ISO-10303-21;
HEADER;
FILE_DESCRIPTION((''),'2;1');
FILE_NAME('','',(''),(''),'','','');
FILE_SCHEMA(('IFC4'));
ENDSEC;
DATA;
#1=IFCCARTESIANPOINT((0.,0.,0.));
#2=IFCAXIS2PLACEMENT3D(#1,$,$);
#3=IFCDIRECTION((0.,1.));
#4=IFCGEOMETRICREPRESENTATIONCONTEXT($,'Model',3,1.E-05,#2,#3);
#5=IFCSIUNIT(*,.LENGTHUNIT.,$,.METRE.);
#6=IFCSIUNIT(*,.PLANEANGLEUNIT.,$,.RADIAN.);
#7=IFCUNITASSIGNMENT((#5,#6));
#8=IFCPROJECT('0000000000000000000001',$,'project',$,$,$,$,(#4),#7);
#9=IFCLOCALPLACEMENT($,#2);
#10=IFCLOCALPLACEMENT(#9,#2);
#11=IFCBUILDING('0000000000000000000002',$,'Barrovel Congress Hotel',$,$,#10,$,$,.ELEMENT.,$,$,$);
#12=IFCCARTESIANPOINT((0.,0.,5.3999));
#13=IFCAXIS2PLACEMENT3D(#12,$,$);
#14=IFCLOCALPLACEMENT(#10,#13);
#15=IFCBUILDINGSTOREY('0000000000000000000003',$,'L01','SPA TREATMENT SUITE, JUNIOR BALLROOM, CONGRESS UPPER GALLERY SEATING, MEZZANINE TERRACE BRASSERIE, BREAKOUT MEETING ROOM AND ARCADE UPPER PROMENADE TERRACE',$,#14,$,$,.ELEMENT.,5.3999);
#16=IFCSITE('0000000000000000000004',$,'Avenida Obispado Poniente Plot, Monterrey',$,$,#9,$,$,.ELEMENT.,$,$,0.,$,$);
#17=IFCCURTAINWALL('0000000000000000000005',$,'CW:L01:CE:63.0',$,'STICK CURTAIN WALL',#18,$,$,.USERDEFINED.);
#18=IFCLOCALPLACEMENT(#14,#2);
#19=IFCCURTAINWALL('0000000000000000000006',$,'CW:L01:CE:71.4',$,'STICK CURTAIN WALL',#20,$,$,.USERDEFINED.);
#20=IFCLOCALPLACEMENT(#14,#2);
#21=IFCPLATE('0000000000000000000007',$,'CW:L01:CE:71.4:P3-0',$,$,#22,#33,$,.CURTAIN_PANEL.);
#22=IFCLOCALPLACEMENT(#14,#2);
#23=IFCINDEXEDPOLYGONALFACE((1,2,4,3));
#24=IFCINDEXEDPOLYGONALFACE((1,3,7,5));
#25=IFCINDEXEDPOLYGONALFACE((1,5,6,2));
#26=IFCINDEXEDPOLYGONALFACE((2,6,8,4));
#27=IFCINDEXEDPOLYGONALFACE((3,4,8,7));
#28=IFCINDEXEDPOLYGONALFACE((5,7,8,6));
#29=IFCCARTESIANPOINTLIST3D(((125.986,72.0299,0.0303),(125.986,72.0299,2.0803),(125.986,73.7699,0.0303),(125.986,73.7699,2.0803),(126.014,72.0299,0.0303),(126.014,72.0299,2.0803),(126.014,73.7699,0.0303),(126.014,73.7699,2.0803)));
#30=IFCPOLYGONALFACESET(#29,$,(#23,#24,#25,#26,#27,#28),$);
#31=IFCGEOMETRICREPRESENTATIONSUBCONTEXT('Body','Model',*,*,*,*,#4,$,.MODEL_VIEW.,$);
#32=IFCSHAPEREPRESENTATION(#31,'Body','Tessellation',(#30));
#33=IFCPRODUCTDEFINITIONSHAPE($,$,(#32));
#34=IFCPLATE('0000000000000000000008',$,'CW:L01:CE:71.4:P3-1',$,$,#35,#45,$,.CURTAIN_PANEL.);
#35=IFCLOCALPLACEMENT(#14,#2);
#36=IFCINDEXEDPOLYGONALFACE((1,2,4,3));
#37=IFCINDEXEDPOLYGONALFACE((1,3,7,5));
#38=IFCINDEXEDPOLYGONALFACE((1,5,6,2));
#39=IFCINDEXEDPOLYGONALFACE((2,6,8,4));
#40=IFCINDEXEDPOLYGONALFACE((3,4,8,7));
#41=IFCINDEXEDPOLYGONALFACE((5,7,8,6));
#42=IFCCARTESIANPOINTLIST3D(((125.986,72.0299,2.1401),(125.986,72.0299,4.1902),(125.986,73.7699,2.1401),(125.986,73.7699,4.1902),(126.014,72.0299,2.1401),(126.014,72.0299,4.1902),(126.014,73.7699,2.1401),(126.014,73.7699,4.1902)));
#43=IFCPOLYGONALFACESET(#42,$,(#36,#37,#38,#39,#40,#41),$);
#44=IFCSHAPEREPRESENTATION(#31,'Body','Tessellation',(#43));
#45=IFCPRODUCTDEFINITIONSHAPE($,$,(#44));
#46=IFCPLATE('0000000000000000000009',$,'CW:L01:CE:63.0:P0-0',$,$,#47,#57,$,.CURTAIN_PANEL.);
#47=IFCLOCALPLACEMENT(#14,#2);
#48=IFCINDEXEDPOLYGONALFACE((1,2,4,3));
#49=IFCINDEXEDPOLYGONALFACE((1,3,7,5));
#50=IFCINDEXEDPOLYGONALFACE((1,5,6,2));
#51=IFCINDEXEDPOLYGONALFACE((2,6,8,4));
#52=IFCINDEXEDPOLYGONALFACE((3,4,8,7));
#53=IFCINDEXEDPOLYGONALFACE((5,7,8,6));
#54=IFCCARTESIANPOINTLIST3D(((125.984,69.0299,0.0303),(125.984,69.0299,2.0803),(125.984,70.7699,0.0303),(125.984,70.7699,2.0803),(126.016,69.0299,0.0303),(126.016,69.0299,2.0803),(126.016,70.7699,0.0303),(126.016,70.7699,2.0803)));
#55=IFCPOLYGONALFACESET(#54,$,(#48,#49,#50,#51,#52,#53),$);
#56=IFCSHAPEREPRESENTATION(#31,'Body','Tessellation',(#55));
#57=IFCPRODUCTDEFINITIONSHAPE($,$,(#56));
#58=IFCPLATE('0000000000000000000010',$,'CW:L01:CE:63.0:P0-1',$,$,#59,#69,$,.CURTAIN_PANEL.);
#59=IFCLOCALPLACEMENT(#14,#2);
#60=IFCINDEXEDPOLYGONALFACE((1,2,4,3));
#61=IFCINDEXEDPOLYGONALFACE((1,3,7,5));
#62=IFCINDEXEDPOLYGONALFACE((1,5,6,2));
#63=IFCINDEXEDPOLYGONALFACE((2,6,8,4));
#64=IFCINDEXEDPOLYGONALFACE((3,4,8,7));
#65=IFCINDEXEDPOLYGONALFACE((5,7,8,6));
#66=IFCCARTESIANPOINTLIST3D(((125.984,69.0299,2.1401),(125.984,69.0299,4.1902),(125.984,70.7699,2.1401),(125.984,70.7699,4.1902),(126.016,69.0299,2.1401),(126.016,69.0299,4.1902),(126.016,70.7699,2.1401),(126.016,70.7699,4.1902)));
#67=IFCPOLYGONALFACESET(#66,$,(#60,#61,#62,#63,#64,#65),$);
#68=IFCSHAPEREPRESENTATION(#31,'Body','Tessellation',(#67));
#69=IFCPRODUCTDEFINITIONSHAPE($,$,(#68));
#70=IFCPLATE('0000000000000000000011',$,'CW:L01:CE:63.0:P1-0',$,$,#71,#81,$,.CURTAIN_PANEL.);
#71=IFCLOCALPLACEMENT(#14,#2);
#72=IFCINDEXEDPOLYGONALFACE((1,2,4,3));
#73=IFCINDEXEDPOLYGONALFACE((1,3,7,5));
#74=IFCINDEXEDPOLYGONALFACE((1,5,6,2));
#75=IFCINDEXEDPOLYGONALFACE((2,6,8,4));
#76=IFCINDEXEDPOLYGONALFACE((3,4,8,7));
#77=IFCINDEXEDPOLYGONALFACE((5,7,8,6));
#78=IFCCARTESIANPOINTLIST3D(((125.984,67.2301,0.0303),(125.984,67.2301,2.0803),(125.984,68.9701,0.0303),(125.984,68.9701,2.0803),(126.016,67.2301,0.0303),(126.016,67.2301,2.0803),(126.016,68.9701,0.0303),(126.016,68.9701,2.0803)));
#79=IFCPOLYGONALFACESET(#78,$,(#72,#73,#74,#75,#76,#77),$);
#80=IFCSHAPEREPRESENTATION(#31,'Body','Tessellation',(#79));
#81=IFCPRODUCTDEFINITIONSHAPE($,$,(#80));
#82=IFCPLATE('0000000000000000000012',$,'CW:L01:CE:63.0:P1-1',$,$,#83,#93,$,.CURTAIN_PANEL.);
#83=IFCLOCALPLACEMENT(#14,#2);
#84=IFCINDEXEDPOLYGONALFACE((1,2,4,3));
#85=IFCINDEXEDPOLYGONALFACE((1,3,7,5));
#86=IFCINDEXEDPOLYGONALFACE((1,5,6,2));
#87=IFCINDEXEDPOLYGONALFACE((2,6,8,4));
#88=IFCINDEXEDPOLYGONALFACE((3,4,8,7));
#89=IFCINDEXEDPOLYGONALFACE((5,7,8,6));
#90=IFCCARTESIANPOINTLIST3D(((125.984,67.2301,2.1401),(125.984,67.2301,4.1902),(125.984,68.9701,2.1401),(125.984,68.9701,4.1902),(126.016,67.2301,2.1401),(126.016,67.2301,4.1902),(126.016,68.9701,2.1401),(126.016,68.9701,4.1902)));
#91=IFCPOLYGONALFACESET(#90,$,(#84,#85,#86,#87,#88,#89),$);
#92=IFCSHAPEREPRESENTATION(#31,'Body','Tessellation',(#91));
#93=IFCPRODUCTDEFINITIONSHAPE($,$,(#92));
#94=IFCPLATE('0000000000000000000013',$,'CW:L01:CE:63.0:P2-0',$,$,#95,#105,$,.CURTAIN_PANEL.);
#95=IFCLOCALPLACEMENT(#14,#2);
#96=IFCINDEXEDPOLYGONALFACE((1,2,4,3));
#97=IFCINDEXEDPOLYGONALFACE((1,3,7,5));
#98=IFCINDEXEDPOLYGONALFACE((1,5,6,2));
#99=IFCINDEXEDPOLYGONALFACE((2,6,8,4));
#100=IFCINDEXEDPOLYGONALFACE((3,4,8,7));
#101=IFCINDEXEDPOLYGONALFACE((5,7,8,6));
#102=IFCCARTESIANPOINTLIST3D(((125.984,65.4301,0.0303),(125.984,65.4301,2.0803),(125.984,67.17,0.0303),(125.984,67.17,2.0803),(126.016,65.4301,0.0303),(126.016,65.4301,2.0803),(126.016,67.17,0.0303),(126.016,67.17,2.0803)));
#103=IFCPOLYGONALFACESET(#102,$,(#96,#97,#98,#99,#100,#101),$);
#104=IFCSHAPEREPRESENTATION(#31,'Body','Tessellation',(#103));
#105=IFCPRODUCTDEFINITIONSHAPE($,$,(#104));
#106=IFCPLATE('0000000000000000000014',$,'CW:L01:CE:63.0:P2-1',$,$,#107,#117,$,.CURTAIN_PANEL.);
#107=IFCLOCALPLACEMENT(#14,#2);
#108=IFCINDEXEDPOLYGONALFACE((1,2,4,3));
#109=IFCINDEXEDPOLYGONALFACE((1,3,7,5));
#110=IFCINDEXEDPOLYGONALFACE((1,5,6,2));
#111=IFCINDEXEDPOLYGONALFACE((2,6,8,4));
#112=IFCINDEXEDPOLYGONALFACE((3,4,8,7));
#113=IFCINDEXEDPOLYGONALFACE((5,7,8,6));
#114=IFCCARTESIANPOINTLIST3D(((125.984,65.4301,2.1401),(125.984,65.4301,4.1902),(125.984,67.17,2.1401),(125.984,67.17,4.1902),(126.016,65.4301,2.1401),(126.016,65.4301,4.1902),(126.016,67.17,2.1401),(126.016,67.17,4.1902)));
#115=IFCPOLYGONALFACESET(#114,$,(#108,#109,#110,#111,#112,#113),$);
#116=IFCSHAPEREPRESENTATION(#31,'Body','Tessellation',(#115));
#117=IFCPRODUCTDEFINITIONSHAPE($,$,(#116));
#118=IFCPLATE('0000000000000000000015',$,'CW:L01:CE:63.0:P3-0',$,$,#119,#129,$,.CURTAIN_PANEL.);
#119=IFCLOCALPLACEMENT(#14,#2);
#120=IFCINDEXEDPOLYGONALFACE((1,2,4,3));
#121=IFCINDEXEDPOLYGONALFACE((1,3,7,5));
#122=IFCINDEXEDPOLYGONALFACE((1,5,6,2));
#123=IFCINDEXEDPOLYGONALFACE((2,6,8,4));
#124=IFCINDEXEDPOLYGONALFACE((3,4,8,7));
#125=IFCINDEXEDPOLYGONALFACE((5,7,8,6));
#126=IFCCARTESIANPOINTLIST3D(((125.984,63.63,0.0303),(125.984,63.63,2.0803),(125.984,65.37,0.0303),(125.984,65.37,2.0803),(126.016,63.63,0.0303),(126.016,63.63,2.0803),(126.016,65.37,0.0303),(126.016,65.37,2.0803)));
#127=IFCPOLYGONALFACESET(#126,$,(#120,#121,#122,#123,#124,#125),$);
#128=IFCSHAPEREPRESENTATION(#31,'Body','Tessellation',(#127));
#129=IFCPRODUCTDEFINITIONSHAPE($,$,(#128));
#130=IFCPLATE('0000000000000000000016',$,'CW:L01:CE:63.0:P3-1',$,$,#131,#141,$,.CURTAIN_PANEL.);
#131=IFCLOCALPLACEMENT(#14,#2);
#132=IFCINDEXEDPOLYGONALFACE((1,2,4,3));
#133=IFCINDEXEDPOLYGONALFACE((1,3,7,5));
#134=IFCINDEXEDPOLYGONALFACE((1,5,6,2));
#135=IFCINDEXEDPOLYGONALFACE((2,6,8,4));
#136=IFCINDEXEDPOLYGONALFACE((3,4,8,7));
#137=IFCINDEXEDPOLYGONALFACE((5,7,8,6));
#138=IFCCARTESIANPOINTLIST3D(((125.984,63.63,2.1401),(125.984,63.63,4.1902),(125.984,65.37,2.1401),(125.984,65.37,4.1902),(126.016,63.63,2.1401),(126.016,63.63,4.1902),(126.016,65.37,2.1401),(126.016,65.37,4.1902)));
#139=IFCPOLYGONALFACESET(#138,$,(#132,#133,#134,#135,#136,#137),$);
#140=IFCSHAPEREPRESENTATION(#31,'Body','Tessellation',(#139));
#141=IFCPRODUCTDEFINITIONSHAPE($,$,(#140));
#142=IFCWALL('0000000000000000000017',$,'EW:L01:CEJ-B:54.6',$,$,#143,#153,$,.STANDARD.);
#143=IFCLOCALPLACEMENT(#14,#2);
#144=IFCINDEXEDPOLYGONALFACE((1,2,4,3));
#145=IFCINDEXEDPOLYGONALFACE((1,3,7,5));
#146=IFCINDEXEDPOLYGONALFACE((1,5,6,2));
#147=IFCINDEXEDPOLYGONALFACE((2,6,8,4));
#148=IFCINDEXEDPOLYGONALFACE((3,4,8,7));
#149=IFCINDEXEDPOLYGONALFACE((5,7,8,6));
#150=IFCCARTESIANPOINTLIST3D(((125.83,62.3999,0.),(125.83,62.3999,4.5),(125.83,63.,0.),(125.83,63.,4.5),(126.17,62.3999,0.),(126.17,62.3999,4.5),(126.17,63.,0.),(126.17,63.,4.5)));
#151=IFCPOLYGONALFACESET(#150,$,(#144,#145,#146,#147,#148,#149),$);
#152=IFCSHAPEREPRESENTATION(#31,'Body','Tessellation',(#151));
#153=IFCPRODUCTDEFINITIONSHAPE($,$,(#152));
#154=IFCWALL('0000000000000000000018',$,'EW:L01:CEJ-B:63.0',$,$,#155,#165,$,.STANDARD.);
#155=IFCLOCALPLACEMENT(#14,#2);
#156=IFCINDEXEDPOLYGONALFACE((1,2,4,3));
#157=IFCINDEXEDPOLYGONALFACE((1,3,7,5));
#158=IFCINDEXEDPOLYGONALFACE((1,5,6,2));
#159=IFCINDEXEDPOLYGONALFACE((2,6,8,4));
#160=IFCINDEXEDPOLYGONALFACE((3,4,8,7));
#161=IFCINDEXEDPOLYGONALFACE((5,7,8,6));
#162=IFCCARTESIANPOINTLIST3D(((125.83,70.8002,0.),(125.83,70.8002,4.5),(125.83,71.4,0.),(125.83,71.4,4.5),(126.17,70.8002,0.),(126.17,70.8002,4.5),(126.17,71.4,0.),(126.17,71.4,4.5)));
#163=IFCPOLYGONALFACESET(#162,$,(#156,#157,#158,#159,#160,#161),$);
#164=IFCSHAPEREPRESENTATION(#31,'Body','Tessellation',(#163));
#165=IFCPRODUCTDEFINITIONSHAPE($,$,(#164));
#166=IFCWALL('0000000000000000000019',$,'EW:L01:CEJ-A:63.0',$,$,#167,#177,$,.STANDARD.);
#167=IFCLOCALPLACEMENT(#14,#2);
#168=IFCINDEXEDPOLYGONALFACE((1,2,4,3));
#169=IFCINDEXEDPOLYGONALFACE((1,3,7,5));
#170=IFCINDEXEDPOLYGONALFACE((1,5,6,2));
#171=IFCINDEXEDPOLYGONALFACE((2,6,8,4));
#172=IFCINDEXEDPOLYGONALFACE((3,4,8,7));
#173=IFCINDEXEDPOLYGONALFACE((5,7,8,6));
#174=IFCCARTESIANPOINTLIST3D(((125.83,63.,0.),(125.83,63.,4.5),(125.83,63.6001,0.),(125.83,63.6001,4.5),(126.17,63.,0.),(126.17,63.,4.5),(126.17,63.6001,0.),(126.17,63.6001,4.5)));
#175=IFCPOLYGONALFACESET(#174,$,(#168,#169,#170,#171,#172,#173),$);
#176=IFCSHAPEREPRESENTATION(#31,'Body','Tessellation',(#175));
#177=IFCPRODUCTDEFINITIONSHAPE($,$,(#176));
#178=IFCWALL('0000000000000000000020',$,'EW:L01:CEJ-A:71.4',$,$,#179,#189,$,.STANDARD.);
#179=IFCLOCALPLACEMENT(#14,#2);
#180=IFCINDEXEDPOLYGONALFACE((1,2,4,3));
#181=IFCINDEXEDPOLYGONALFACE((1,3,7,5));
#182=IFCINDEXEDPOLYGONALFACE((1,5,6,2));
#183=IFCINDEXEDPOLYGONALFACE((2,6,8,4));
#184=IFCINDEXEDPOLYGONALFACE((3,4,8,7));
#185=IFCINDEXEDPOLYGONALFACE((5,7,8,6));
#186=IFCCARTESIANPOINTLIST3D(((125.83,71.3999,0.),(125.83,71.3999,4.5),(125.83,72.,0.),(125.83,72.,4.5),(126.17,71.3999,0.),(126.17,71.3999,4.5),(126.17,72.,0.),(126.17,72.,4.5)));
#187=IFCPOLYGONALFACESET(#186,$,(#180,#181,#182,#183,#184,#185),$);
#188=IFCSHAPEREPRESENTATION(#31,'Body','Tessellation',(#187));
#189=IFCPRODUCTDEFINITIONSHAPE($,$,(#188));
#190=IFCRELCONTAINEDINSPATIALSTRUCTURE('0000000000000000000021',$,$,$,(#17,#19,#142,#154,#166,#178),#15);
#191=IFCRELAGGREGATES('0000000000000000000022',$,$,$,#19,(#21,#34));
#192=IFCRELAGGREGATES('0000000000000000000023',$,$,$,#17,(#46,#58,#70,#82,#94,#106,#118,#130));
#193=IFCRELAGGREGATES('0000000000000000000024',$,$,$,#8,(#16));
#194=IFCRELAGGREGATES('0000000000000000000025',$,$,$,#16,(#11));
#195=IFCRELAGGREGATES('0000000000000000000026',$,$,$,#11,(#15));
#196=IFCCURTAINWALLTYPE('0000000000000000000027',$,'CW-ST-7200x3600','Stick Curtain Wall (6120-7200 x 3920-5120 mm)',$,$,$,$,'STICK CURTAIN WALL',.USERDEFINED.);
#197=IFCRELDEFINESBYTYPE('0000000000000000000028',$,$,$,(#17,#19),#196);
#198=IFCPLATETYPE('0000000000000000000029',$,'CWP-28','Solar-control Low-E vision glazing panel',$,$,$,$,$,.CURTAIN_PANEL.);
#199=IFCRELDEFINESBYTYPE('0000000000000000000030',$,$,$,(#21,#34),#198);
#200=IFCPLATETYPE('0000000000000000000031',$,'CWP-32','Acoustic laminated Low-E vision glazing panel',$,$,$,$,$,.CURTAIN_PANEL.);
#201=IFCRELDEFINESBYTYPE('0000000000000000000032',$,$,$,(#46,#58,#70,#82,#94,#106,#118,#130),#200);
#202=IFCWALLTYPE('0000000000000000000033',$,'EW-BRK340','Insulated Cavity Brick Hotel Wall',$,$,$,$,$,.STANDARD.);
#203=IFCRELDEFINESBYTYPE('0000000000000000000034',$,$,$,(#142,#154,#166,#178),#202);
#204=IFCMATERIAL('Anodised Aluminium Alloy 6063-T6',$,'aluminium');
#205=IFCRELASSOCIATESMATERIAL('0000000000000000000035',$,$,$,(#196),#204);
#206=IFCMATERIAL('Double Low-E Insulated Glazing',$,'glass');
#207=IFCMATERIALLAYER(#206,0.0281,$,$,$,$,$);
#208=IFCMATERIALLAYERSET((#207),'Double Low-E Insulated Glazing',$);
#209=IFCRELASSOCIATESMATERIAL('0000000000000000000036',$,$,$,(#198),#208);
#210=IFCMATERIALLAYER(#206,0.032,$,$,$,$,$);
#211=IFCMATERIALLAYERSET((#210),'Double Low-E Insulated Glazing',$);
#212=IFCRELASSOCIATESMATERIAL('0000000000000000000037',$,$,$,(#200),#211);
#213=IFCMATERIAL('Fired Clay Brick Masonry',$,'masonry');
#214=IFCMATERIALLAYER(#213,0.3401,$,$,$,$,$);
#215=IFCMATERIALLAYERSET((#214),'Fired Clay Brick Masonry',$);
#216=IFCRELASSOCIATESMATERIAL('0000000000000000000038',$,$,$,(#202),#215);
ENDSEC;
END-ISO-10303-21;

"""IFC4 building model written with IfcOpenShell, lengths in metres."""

from ifc_helpers import new_model, si_unit, direction, frame, frame_2d, origin, origin_2d, place, context, subcontext, project, spatial, rectangle, extrude, material, layer, layer_set, type_object, element, aggregate, save


model = new_model("IFC4")

# Units and contexts
model_context = context("Model", 3, precision=1e-05, world=origin(), true_north=direction((0.0, 1.0)))
body_context = subcontext(model_context, "Body", "Model", "MODEL_VIEW")
ifc_project = project(units=[si_unit("LENGTHUNIT", "METRE"), si_unit("PLANEANGLEUNIT", "RADIAN")], contexts=[model_context])

# Site, building, storey
site_placement = place(None, origin())
site = spatial("IfcSite", under=ifc_project, at=site_placement, Name="Avenida Obispado Poniente Plot, Monterrey", CompositionType="ELEMENT", RefElevation=0.0)
building_placement = place(site_placement, origin())
building = spatial("IfcBuilding", under=site, at=building_placement, Name="Barrovel Congress Hotel", CompositionType="ELEMENT")
storey_placement = place(building_placement, frame((0.0, 0.0, 5.3999)))
storey = spatial("IfcBuildingStorey", under=building, at=storey_placement, Name="L01", Description="SPA TREATMENT SUITE, JUNIOR BALLROOM, CONGRESS UPPER GALLERY SEATING, MEZZANINE TERRACE BRASSERIE, BREAKOUT MEETING ROOM AND ARCADE UPPER PROMENADE TERRACE", CompositionType="ELEMENT", Elevation=5.3999)

# Curtain walls
ifc_material_1 = material(Name="Anodised Aluminium Alloy 6063-T6", Category="aluminium")
curtain_wall_type = type_object("IfcCurtainWallType", Name="CW-ST-7200x3600", Description="Stick Curtain Wall (6120-7200 x 3920-5120 mm)", ElementType="STICK CURTAIN WALL", PredefinedType="USERDEFINED", material=ifc_material_1)
curtain_wall_1_placement = place(storey_placement, origin())
curtain_wall_1 = element("IfcCurtainWall", 1, at=curtain_wall_1_placement, inside=storey, type_object=curtain_wall_type, Name="CW:L01:CE:63.0", ObjectType="STICK CURTAIN WALL", PredefinedType="USERDEFINED")
curtain_wall_2_placement = place(storey_placement, origin())
curtain_wall_2 = element("IfcCurtainWall", 2, at=curtain_wall_2_placement, inside=storey, type_object=curtain_wall_type, Name="CW:L01:CE:71.4", ObjectType="STICK CURTAIN WALL", PredefinedType="USERDEFINED")

# Plates
ifc_material_2 = material(Name="Double Low-E Insulated Glazing", Category="glass")
ifc_layer_1 = layer(ifc_material_2, 0.0281)
ifc_layer_set_1 = layer_set([ifc_layer_1], Name="Double Low-E Insulated Glazing")
plate_type_1 = type_object("IfcPlateType", Name="CWP-28", Description="Solar-control Low-E vision glazing panel", PredefinedType="CURTAIN_PANEL", material=ifc_layer_set_1)
plate_1_placement = place(storey_placement, frame((126.0, 72.8999, 0.0303), z_axis=(0.0, 0.0, 1.0), x_axis=(0.0, -1.0, 0.0)))
plate_1 = element("IfcPlate", 3, at=plate_1_placement, type_object=plate_type_1, Name="CW:L01:CE:71.4:P3-0", PredefinedType="CURTAIN_PANEL", context=body_context, shape_type="SweptSolid", body=[
    extrude(rectangle(XDim=1.74, YDim=0.0281, at=origin_2d()), origin(), (0.0, 0.0, 1.0), 2.05),
])
plate_2_placement = place(storey_placement, frame((126.0, 72.8999, 2.1401), z_axis=(0.0, 0.0, 1.0), x_axis=(0.0, -1.0, 0.0)))
plate_2 = element("IfcPlate", 4, at=plate_2_placement, type_object=plate_type_1, Name="CW:L01:CE:71.4:P3-1", PredefinedType="CURTAIN_PANEL", context=body_context, shape_type="SweptSolid", body=[
    extrude(rectangle(XDim=1.74, YDim=0.0281, at=origin_2d()), origin(), (0.0, 0.0, 1.0), 2.05),
])
aggregate(curtain_wall_2, [plate_1, plate_2])
ifc_layer_2 = layer(ifc_material_2, 0.032)
ifc_layer_set_2 = layer_set([ifc_layer_2], Name="Double Low-E Insulated Glazing")
plate_type_2 = type_object("IfcPlateType", Name="CWP-32", Description="Acoustic laminated Low-E vision glazing panel", PredefinedType="CURTAIN_PANEL", material=ifc_layer_set_2)
plate_3_placement = place(storey_placement, frame((126.0, 69.8999, 0.0303), z_axis=(0.0, 0.0, 1.0), x_axis=(0.0, -1.0, 0.0)))
plate_3 = element("IfcPlate", 5, at=plate_3_placement, type_object=plate_type_2, Name="CW:L01:CE:63.0:P0-0", PredefinedType="CURTAIN_PANEL", context=body_context, shape_type="SweptSolid", body=[
    extrude(rectangle(XDim=1.74, YDim=0.032, at=origin_2d()), origin(), (0.0, 0.0, 1.0), 2.05),
])
plate_4_placement = place(storey_placement, frame((126.0, 69.8999, 2.1401), z_axis=(0.0, 0.0, 1.0), x_axis=(0.0, -1.0, 0.0)))
plate_4 = element("IfcPlate", 6, at=plate_4_placement, type_object=plate_type_2, Name="CW:L01:CE:63.0:P0-1", PredefinedType="CURTAIN_PANEL", context=body_context, shape_type="SweptSolid", body=[
    extrude(rectangle(XDim=1.74, YDim=0.032, at=origin_2d()), origin(), (0.0, 0.0, 1.0), 2.05),
])
plate_5_placement = place(storey_placement, frame((126.0, 68.1001, 0.0303), z_axis=(0.0, 0.0, 1.0), x_axis=(0.0, -1.0, 0.0)))
plate_5 = element("IfcPlate", 7, at=plate_5_placement, type_object=plate_type_2, Name="CW:L01:CE:63.0:P1-0", PredefinedType="CURTAIN_PANEL", context=body_context, shape_type="SweptSolid", body=[
    extrude(rectangle(XDim=1.74, YDim=0.032, at=origin_2d()), origin(), (0.0, 0.0, 1.0), 2.05),
])
plate_6_placement = place(storey_placement, frame((126.0, 68.1001, 2.1401), z_axis=(0.0, 0.0, 1.0), x_axis=(0.0, -1.0, 0.0)))
plate_6 = element("IfcPlate", 8, at=plate_6_placement, type_object=plate_type_2, Name="CW:L01:CE:63.0:P1-1", PredefinedType="CURTAIN_PANEL", context=body_context, shape_type="SweptSolid", body=[
    extrude(rectangle(XDim=1.74, YDim=0.032, at=origin_2d()), origin(), (0.0, 0.0, 1.0), 2.05),
])
plate_7_placement = place(storey_placement, frame((126.0, 66.3, 0.0303), z_axis=(0.0, 0.0, 1.0), x_axis=(0.0, -1.0, 0.0)))
plate_7 = element("IfcPlate", 9, at=plate_7_placement, type_object=plate_type_2, Name="CW:L01:CE:63.0:P2-0", PredefinedType="CURTAIN_PANEL", context=body_context, shape_type="SweptSolid", body=[
    extrude(rectangle(XDim=1.74, YDim=0.032, at=origin_2d()), origin(), (0.0, 0.0, 1.0), 2.05),
])
plate_8_placement = place(storey_placement, frame((126.0, 66.3, 2.1401), z_axis=(0.0, 0.0, 1.0), x_axis=(0.0, -1.0, 0.0)))
plate_8 = element("IfcPlate", 10, at=plate_8_placement, type_object=plate_type_2, Name="CW:L01:CE:63.0:P2-1", PredefinedType="CURTAIN_PANEL", context=body_context, shape_type="SweptSolid", body=[
    extrude(rectangle(XDim=1.74, YDim=0.032, at=origin_2d()), origin(), (0.0, 0.0, 1.0), 2.05),
])
plate_9_placement = place(storey_placement, frame((126.0, 64.5, 0.0303), z_axis=(0.0, 0.0, 1.0), x_axis=(0.0, -1.0, 0.0)))
plate_9 = element("IfcPlate", 11, at=plate_9_placement, type_object=plate_type_2, Name="CW:L01:CE:63.0:P3-0", PredefinedType="CURTAIN_PANEL", context=body_context, shape_type="SweptSolid", body=[
    extrude(rectangle(XDim=1.74, YDim=0.032, at=origin_2d()), origin(), (0.0, 0.0, 1.0), 2.05),
])
plate_10_placement = place(storey_placement, frame((126.0, 64.5, 2.1401), z_axis=(0.0, 0.0, 1.0), x_axis=(0.0, -1.0, 0.0)))
plate_10 = element("IfcPlate", 12, at=plate_10_placement, type_object=plate_type_2, Name="CW:L01:CE:63.0:P3-1", PredefinedType="CURTAIN_PANEL", context=body_context, shape_type="SweptSolid", body=[
    extrude(rectangle(XDim=1.74, YDim=0.032, at=origin_2d()), origin(), (0.0, 0.0, 1.0), 2.05),
])
aggregate(curtain_wall_1, [plate_3, plate_4, plate_5, plate_6, plate_7, plate_8, plate_9, plate_10])

# Walls
ifc_material_3 = material(Name="Fired Clay Brick Masonry", Category="masonry")
ifc_layer_3 = layer(ifc_material_3, 0.3401)
ifc_layer_set_3 = layer_set([ifc_layer_3], Name="Fired Clay Brick Masonry")
wall_type = type_object("IfcWallType", Name="EW-BRK340", Description="Insulated Cavity Brick Hotel Wall", PredefinedType="STANDARD", material=ifc_layer_set_3)
wall_1_placement = place(storey_placement, frame((126.0, 63.0, 0.0), z_axis=(0.0, 0.0, 1.0), x_axis=(0.0, -1.0, 0.0)))
element("IfcWall", 13, at=wall_1_placement, inside=storey, type_object=wall_type, Name="EW:L01:CEJ-B:54.6", PredefinedType="STANDARD", context=body_context, shape_type="SweptSolid", body=[
    extrude(rectangle(XDim=0.6001, YDim=0.3401, at=frame_2d((0.3, 0.0))), origin(), (0.0, 0.0, 1.0), 4.5),
])
wall_2_placement = place(storey_placement, frame((126.0, 71.3999, 0.0), z_axis=(0.0, 0.0, 1.0), x_axis=(0.0, -1.0, 0.0)))
element("IfcWall", 14, at=wall_2_placement, inside=storey, type_object=wall_type, Name="EW:L01:CEJ-B:63.0", PredefinedType="STANDARD", context=body_context, shape_type="SweptSolid", body=[
    extrude(rectangle(XDim=0.5999, YDim=0.3401, at=frame_2d((0.2998, 0.0))), origin(), (0.0, 0.0, 1.0), 4.5),
])
for number, where, z_axis, x_axis, name in (
    (15, (126.0, 63.6001, 0.0), (0.0, 0.0, 1.0), (0.0, -1.0, 0.0), "EW:L01:CEJ-A:63.0"),
    (16, (126.0, 72.0, 0.0), (0.0, 0.0, 1.0), (0.0, -1.0, 0.0), "EW:L01:CEJ-A:71.4"),
):
    element("IfcWall", number, at=place(storey_placement, frame(where, z_axis=z_axis, x_axis=x_axis)), inside=storey, type_object=wall_type, Name=name, PredefinedType="STANDARD", context=body_context, shape_type="SweptSolid", body=[
        extrude(rectangle(XDim=0.6001, YDim=0.3401, at=frame_2d((0.3, 0.0))), origin(), (0.0, 0.0, 1.0), 4.5),
    ])

save(model, "model.ifc")
